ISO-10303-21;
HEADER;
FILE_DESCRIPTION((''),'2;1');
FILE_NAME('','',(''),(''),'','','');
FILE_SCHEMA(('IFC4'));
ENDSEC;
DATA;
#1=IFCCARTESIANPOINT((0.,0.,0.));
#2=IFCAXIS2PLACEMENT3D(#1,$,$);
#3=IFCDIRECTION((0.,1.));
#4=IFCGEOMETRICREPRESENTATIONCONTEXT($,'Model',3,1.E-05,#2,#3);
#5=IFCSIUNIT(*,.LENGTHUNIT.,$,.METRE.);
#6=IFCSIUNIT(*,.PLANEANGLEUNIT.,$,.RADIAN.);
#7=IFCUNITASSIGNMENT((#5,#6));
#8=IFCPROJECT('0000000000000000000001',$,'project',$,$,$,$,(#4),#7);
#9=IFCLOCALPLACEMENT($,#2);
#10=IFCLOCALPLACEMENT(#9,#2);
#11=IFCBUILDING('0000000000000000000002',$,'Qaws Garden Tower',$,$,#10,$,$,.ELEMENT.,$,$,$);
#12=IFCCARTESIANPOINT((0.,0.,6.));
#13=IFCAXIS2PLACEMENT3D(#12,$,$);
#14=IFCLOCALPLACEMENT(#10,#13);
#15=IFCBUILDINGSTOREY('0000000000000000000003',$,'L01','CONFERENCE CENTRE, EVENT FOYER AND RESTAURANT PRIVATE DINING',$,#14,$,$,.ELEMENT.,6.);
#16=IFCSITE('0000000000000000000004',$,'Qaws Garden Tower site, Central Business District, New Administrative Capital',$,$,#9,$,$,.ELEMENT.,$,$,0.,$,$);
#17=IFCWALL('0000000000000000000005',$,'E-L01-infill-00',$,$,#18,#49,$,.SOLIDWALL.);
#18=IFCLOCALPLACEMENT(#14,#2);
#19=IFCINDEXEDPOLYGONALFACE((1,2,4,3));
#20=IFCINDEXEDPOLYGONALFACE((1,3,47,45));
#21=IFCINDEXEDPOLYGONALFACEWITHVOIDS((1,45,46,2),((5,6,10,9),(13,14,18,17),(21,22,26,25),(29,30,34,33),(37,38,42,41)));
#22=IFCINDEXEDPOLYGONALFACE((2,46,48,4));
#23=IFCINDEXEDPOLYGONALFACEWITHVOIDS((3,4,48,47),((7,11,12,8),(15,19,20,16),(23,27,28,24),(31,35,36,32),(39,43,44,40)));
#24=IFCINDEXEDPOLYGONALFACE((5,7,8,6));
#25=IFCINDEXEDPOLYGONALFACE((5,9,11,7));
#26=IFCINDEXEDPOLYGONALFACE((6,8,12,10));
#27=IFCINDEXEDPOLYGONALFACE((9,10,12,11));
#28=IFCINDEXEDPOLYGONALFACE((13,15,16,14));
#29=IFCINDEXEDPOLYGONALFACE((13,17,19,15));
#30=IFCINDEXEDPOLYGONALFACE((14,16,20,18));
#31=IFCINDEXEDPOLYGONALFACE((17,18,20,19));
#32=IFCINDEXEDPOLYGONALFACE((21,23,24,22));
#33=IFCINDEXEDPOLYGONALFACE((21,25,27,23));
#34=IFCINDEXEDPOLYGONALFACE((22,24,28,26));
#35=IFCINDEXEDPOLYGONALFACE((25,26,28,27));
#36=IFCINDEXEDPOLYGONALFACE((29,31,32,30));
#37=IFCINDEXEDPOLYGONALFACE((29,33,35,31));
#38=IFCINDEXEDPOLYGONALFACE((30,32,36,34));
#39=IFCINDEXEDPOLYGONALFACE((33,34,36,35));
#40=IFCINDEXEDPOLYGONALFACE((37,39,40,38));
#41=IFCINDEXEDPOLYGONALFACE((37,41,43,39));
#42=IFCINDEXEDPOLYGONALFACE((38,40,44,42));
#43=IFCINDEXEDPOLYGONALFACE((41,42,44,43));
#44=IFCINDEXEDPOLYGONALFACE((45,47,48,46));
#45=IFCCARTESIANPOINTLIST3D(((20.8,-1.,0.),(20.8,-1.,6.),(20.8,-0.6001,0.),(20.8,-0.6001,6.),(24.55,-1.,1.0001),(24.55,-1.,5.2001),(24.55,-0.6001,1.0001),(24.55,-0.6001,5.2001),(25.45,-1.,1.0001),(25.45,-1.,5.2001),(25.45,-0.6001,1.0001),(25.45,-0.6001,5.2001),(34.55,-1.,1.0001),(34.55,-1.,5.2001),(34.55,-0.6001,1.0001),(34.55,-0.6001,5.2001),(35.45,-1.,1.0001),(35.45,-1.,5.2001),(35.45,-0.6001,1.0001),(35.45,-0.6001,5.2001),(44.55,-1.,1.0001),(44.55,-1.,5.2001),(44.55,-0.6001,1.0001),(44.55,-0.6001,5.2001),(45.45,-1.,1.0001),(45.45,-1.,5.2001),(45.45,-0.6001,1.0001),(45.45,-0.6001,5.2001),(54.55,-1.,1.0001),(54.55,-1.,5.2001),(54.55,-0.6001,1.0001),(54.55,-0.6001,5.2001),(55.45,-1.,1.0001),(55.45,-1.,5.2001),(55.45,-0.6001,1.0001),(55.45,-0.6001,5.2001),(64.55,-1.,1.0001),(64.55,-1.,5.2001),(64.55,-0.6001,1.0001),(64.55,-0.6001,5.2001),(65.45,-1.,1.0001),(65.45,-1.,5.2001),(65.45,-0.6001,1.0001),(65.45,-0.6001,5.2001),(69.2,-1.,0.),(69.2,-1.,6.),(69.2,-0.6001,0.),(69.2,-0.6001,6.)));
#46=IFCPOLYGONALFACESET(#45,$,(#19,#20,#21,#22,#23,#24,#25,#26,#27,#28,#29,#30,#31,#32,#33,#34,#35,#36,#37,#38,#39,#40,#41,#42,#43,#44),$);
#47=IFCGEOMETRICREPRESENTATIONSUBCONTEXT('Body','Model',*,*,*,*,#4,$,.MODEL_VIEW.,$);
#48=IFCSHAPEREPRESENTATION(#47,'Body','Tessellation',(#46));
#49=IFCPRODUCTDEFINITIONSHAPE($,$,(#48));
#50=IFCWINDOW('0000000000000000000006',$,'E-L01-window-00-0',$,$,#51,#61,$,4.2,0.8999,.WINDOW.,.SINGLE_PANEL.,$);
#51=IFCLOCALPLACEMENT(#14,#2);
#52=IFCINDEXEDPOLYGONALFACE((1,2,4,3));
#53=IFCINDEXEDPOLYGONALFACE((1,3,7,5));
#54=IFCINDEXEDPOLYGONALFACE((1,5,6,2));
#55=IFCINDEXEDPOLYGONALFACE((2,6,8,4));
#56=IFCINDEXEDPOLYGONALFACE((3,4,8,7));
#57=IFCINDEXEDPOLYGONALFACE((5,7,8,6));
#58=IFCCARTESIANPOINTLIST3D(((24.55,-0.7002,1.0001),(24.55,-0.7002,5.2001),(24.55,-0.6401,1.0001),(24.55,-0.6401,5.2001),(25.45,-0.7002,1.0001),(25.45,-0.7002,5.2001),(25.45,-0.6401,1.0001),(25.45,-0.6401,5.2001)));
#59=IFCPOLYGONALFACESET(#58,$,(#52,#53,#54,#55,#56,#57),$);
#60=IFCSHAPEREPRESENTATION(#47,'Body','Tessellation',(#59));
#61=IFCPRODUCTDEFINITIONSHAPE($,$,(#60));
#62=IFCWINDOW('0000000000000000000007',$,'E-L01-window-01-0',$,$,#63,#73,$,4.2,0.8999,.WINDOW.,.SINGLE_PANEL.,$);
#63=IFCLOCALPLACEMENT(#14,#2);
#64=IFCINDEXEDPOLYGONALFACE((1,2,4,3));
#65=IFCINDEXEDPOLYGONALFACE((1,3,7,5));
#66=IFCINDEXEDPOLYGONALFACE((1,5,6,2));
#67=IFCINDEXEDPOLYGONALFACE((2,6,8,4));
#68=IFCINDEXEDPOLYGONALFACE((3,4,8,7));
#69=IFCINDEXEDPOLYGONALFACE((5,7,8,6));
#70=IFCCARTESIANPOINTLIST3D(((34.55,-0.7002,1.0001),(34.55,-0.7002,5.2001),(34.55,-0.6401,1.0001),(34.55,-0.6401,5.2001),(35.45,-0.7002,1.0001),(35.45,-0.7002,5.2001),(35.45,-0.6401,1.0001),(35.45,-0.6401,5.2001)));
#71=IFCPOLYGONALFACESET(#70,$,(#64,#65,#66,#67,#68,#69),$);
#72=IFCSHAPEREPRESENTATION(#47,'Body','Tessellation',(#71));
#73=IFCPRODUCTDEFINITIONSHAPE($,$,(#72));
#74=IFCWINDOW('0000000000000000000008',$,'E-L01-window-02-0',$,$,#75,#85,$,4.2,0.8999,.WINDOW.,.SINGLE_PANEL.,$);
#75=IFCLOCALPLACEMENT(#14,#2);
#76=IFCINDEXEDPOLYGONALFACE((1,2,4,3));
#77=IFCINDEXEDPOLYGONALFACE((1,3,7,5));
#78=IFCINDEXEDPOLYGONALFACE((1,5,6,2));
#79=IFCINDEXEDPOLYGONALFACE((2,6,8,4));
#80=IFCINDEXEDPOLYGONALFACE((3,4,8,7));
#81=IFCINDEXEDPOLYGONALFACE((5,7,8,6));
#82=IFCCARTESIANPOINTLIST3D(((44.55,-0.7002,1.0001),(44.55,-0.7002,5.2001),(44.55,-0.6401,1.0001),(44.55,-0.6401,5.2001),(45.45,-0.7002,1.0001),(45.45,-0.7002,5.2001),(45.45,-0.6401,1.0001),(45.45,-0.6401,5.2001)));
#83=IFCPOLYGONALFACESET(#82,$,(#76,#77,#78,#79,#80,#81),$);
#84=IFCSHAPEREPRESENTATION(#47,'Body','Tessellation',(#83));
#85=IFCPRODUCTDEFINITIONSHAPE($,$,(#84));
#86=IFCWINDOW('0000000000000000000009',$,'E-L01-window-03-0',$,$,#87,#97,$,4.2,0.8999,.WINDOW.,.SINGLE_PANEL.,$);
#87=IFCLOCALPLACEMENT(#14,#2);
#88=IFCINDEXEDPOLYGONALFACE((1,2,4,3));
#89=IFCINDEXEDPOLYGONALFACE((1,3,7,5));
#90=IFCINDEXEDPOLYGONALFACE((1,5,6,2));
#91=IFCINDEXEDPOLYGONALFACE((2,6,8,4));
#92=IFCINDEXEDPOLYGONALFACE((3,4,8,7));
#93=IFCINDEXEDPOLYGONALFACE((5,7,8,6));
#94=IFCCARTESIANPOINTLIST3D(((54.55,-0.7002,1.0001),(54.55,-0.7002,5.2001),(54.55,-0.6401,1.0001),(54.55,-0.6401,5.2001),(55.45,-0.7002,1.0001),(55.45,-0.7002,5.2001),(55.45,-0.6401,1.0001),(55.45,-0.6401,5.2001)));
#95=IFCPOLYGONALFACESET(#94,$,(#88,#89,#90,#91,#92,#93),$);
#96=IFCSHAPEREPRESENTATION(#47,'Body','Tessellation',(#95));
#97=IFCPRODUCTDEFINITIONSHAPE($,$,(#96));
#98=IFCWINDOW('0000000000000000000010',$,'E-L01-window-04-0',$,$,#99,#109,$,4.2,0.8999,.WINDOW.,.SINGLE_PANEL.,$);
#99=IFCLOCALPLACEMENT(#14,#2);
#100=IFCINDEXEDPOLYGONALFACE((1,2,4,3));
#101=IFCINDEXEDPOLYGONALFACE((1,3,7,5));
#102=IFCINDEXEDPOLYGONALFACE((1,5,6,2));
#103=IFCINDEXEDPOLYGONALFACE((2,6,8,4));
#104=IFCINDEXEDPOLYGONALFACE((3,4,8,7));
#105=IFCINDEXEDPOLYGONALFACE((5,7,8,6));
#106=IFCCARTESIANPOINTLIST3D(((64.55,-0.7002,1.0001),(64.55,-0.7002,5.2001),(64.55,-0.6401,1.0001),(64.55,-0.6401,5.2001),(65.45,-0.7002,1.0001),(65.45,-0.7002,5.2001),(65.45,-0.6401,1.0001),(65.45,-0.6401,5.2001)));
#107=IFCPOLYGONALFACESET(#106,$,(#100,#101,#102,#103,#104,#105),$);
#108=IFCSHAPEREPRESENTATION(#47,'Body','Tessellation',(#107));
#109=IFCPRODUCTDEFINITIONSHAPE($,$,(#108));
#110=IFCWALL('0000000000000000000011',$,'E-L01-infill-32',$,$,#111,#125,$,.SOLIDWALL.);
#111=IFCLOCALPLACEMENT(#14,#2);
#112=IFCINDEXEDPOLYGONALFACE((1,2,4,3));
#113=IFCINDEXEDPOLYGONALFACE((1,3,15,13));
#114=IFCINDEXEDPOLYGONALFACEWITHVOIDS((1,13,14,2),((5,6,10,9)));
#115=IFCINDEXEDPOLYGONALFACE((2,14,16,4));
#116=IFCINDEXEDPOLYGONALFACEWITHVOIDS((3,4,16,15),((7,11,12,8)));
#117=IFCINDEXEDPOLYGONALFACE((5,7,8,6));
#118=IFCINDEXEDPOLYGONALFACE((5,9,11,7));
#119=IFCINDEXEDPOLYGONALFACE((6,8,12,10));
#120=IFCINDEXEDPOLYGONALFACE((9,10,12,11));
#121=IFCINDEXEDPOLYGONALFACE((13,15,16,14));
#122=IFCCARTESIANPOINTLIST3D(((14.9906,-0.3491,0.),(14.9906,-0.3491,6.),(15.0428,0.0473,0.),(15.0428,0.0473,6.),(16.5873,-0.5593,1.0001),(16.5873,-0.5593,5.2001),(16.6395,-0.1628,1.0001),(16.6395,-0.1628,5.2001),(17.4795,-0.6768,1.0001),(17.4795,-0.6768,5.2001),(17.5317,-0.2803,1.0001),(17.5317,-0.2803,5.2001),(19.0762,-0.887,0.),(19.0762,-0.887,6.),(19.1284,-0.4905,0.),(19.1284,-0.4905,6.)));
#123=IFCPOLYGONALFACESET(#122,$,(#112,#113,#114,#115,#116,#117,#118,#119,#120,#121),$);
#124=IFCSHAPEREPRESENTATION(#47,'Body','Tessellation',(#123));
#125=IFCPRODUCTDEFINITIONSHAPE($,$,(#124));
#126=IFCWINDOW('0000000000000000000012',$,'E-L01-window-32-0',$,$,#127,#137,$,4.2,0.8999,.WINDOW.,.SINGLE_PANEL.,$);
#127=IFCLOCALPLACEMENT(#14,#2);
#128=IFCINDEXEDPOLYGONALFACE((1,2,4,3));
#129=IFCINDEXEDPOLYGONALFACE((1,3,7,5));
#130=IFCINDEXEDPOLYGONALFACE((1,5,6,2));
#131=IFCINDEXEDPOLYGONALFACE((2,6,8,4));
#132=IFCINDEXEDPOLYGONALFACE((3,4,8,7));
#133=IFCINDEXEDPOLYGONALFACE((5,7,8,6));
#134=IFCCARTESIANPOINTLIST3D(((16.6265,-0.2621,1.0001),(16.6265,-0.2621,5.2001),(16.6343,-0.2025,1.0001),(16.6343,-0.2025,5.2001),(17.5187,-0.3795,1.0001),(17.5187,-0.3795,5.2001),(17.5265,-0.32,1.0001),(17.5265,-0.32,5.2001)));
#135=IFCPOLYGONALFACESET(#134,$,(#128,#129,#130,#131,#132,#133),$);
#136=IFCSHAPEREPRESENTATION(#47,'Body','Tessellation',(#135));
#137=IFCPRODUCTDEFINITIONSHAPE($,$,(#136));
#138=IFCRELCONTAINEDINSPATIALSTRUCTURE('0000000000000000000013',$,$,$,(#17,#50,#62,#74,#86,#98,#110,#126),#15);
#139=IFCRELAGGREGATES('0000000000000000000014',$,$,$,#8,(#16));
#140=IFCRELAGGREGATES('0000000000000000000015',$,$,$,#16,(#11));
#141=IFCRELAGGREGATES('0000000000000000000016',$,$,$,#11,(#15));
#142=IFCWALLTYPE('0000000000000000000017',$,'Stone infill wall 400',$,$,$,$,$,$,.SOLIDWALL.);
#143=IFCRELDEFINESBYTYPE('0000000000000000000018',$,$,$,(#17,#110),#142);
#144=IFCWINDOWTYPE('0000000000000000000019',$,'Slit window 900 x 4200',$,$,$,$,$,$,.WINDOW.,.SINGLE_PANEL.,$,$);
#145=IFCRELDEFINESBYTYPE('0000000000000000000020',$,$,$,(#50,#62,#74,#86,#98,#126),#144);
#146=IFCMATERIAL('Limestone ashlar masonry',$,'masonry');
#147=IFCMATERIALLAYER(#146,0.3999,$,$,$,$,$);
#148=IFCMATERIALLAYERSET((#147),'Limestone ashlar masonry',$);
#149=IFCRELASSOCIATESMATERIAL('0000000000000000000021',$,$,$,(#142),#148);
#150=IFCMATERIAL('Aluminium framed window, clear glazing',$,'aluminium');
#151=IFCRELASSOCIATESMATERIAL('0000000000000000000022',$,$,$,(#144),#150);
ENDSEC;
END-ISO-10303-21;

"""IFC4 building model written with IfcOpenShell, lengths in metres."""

from ifc_helpers import new_model, si_unit, direction, frame, frame_2d, origin, place, context, subcontext, project, spatial, rectangle, extrude, material, layer, layer_set, type_object, element, fill, save


model = new_model("IFC4")

# Units and contexts
model_context = context("Model", 3, precision=1e-05, world=origin(), true_north=direction((0.0, 1.0)))
body_context = subcontext(model_context, "Body", "Model", "MODEL_VIEW")
ifc_project = project(units=[si_unit("LENGTHUNIT", "METRE"), si_unit("PLANEANGLEUNIT", "RADIAN")], contexts=[model_context])

# Site, building, storey
site_placement = place(None, origin())
site = spatial("IfcSite", under=ifc_project, at=site_placement, Name="Qaws Garden Tower site, Central Business District, New Administrative Capital", CompositionType="ELEMENT", RefElevation=0.0)
building_placement = place(site_placement, origin())
building = spatial("IfcBuilding", under=site, at=building_placement, Name="Qaws Garden Tower", CompositionType="ELEMENT")
storey_placement = place(building_placement, frame((0.0, 0.0, 6.0)))
storey = spatial("IfcBuildingStorey", under=building, at=storey_placement, Name="L01", Description="CONFERENCE CENTRE, EVENT FOYER AND RESTAURANT PRIVATE DINING", CompositionType="ELEMENT", Elevation=6.0)

# Wall, openings, windows
ifc_material_1 = material(Name="Limestone ashlar masonry", Category="masonry")
ifc_layer_1 = layer(ifc_material_1, 0.3999)
ifc_layer_set_1 = layer_set([ifc_layer_1], Name="Limestone ashlar masonry")
wall_type_1 = type_object("IfcWallType", Name="Stone infill wall 400", PredefinedType="SOLIDWALL", material=ifc_layer_set_1)
wall_1_placement = place(storey_placement, frame((20.8, -0.8, 0.0), z_axis=(0.0, 0.0, 1.0), x_axis=(1.0, 0.0, 0.0)))
wall_1 = element("IfcWall", 1, at=wall_1_placement, inside=storey, type_object=wall_type_1, Name="E-L01-infill-00", PredefinedType="SOLIDWALL", context=body_context, shape_type="SweptSolid", body=[
    extrude(rectangle(XDim=48.3999, YDim=0.3999, at=frame_2d((24.2, 0.0))), origin(), (0.0, 0.0, 1.0), 6.0),
])
opening_1_placement = place(wall_1_placement, frame((3.75, 0.0, 1.0)))
opening_1 = element("IfcOpeningElement", 2, at=opening_1_placement, cuts=wall_1, PredefinedType="OPENING", context=body_context, shape_type="SweptSolid", body=[
    extrude(rectangle(XDim=0.8999, YDim=4.2, at=frame_2d((0.45, 2.1001))), frame((0.0, 0.21, 0.0), z_axis=(0.0, -1.0, 0.0), x_axis=(1.0, 0.0, 0.0)), (0.0, 0.0, 1.0), 0.4199),
])
opening_2_placement = place(wall_1_placement, frame((13.75, 0.0, 1.0)))
opening_2 = element("IfcOpeningElement", 3, at=opening_2_placement, cuts=wall_1, PredefinedType="OPENING", context=body_context, shape_type="SweptSolid", body=[
    extrude(rectangle(XDim=0.8999, YDim=4.2, at=frame_2d((0.45, 2.1001))), frame((0.0, 0.21, 0.0), z_axis=(0.0, -1.0, 0.0), x_axis=(1.0, 0.0, 0.0)), (0.0, 0.0, 1.0), 0.4199),
])
opening_3_placement = place(wall_1_placement, frame((23.75, 0.0, 1.0)))
opening_3 = element("IfcOpeningElement", 4, at=opening_3_placement, cuts=wall_1, PredefinedType="OPENING", context=body_context, shape_type="SweptSolid", body=[
    extrude(rectangle(XDim=0.8999, YDim=4.2, at=frame_2d((0.45, 2.1001))), frame((0.0, 0.21, 0.0), z_axis=(0.0, -1.0, 0.0), x_axis=(1.0, 0.0, 0.0)), (0.0, 0.0, 1.0), 0.4199),
])
opening_4_placement = place(wall_1_placement, frame((33.75, 0.0, 1.0)))
opening_4 = element("IfcOpeningElement", 5, at=opening_4_placement, cuts=wall_1, PredefinedType="OPENING", context=body_context, shape_type="SweptSolid", body=[
    extrude(rectangle(XDim=0.8999, YDim=4.2, at=frame_2d((0.45, 2.1001))), frame((0.0, 0.21, 0.0), z_axis=(0.0, -1.0, 0.0), x_axis=(1.0, 0.0, 0.0)), (0.0, 0.0, 1.0), 0.4199),
])
opening_5_placement = place(wall_1_placement, frame((43.75, 0.0, 1.0)))
opening_5 = element("IfcOpeningElement", 6, at=opening_5_placement, cuts=wall_1, PredefinedType="OPENING", context=body_context, shape_type="SweptSolid", body=[
    extrude(rectangle(XDim=0.8999, YDim=4.2, at=frame_2d((0.45, 2.1001))), frame((0.0, 0.21, 0.0), z_axis=(0.0, -1.0, 0.0), x_axis=(1.0, 0.0, 0.0)), (0.0, 0.0, 1.0), 0.4199),
])
ifc_material_2 = material(Name="Aluminium framed window, clear glazing", Category="aluminium")
window_type = type_object("IfcWindowType", Name="Slit window 900 x 4200", PartitioningType="SINGLE_PANEL", PredefinedType="WINDOW", material=ifc_material_2)
window_1_placement = place(opening_1_placement, origin())
window_1 = element("IfcWindow", 7, at=window_1_placement, inside=storey, type_object=window_type, Name="E-L01-window-00-0", OverallHeight=4.2, OverallWidth=0.8999, PartitioningType="SINGLE_PANEL", PredefinedType="WINDOW", context=body_context, shape_type="SweptSolid", body=[
    extrude(rectangle(XDim=0.8999, YDim=4.2, at=frame_2d((0.45, 2.1001))), frame((0.0, 0.1599, 0.0), z_axis=(0.0, -1.0, 0.0), x_axis=(1.0, 0.0, 0.0)), (0.0, 0.0, 1.0), 0.0601),
])
fill(opening_1, window_1)
window_2_placement = place(opening_2_placement, origin())
window_2 = element("IfcWindow", 8, at=window_2_placement, inside=storey, type_object=window_type, Name="E-L01-window-01-0", OverallHeight=4.2, OverallWidth=0.8999, PartitioningType="SINGLE_PANEL", PredefinedType="WINDOW", context=body_context, shape_type="SweptSolid", body=[
    extrude(rectangle(XDim=0.8999, YDim=4.2, at=frame_2d((0.45, 2.1001))), frame((0.0, 0.1599, 0.0), z_axis=(0.0, -1.0, 0.0), x_axis=(1.0, 0.0, 0.0)), (0.0, 0.0, 1.0), 0.0601),
])
fill(opening_2, window_2)
window_3_placement = place(opening_3_placement, origin())
window_3 = element("IfcWindow", 9, at=window_3_placement, inside=storey, type_object=window_type, Name="E-L01-window-02-0", OverallHeight=4.2, OverallWidth=0.8999, PartitioningType="SINGLE_PANEL", PredefinedType="WINDOW", context=body_context, shape_type="SweptSolid", body=[
    extrude(rectangle(XDim=0.8999, YDim=4.2, at=frame_2d((0.45, 2.1001))), frame((0.0, 0.1599, 0.0), z_axis=(0.0, -1.0, 0.0), x_axis=(1.0, 0.0, 0.0)), (0.0, 0.0, 1.0), 0.0601),
])
fill(opening_3, window_3)
window_4_placement = place(opening_4_placement, origin())
window_4 = element("IfcWindow", 10, at=window_4_placement, inside=storey, type_object=window_type, Name="E-L01-window-03-0", OverallHeight=4.2, OverallWidth=0.8999, PartitioningType="SINGLE_PANEL", PredefinedType="WINDOW", context=body_context, shape_type="SweptSolid", body=[
    extrude(rectangle(XDim=0.8999, YDim=4.2, at=frame_2d((0.45, 2.1001))), frame((0.0, 0.1599, 0.0), z_axis=(0.0, -1.0, 0.0), x_axis=(1.0, 0.0, 0.0)), (0.0, 0.0, 1.0), 0.0601),
])
fill(opening_4, window_4)
window_5_placement = place(opening_5_placement, origin())
window_5 = element("IfcWindow", 11, at=window_5_placement, inside=storey, type_object=window_type, Name="E-L01-window-04-0", OverallHeight=4.2, OverallWidth=0.8999, PartitioningType="SINGLE_PANEL", PredefinedType="WINDOW", context=body_context, shape_type="SweptSolid", body=[
    extrude(rectangle(XDim=0.8999, YDim=4.2, at=frame_2d((0.45, 2.1001))), frame((0.0, 0.1599, 0.0), z_axis=(0.0, -1.0, 0.0), x_axis=(1.0, 0.0, 0.0)), (0.0, 0.0, 1.0), 0.0601),
])
fill(opening_5, window_5)

# Wall, opening, window
wall_2_placement = place(storey_placement, frame((15.0166, -0.1509, 0.0), z_axis=(0.0, 0.0, 1.0), x_axis=(0.991446, -0.130514, 0.0)))
wall_2 = element("IfcWall", 12, at=wall_2_placement, inside=storey, type_object=wall_type_1, Name="E-L01-infill-32", PredefinedType="SOLIDWALL", context=body_context, shape_type="SweptSolid", body=[
    extrude(rectangle(XDim=4.1208, YDim=0.3999, at=frame_2d((2.0605, 0.0))), origin(), (0.0, 0.0, 1.0), 6.0),
])
opening_6_placement = place(wall_2_placement, frame((1.6106, 0.0, 1.0)))
opening_6 = element("IfcOpeningElement", 13, at=opening_6_placement, cuts=wall_2, PredefinedType="OPENING", context=body_context, shape_type="SweptSolid", body=[
    extrude(rectangle(XDim=0.8999, YDim=4.2, at=frame_2d((0.45, 2.1001))), frame((0.0, 0.21, 0.0), z_axis=(0.0, -1.0, 0.0), x_axis=(1.0, 0.0, 0.0)), (0.0, 0.0, 1.0), 0.4199),
])
window_6_placement = place(opening_6_placement, origin())
window_6 = element("IfcWindow", 14, at=window_6_placement, inside=storey, type_object=window_type, Name="E-L01-window-32-0", OverallHeight=4.2, OverallWidth=0.8999, PartitioningType="SINGLE_PANEL", PredefinedType="WINDOW", context=body_context, shape_type="SweptSolid", body=[
    extrude(rectangle(XDim=0.8999, YDim=4.2, at=frame_2d((0.45, 2.1001))), frame((0.0, 0.1599, 0.0), z_axis=(0.0, -1.0, 0.0), x_axis=(1.0, 0.0, 0.0)), (0.0, 0.0, 1.0), 0.0601),
])
fill(opening_6, window_6)

save(model, "model.ifc")
